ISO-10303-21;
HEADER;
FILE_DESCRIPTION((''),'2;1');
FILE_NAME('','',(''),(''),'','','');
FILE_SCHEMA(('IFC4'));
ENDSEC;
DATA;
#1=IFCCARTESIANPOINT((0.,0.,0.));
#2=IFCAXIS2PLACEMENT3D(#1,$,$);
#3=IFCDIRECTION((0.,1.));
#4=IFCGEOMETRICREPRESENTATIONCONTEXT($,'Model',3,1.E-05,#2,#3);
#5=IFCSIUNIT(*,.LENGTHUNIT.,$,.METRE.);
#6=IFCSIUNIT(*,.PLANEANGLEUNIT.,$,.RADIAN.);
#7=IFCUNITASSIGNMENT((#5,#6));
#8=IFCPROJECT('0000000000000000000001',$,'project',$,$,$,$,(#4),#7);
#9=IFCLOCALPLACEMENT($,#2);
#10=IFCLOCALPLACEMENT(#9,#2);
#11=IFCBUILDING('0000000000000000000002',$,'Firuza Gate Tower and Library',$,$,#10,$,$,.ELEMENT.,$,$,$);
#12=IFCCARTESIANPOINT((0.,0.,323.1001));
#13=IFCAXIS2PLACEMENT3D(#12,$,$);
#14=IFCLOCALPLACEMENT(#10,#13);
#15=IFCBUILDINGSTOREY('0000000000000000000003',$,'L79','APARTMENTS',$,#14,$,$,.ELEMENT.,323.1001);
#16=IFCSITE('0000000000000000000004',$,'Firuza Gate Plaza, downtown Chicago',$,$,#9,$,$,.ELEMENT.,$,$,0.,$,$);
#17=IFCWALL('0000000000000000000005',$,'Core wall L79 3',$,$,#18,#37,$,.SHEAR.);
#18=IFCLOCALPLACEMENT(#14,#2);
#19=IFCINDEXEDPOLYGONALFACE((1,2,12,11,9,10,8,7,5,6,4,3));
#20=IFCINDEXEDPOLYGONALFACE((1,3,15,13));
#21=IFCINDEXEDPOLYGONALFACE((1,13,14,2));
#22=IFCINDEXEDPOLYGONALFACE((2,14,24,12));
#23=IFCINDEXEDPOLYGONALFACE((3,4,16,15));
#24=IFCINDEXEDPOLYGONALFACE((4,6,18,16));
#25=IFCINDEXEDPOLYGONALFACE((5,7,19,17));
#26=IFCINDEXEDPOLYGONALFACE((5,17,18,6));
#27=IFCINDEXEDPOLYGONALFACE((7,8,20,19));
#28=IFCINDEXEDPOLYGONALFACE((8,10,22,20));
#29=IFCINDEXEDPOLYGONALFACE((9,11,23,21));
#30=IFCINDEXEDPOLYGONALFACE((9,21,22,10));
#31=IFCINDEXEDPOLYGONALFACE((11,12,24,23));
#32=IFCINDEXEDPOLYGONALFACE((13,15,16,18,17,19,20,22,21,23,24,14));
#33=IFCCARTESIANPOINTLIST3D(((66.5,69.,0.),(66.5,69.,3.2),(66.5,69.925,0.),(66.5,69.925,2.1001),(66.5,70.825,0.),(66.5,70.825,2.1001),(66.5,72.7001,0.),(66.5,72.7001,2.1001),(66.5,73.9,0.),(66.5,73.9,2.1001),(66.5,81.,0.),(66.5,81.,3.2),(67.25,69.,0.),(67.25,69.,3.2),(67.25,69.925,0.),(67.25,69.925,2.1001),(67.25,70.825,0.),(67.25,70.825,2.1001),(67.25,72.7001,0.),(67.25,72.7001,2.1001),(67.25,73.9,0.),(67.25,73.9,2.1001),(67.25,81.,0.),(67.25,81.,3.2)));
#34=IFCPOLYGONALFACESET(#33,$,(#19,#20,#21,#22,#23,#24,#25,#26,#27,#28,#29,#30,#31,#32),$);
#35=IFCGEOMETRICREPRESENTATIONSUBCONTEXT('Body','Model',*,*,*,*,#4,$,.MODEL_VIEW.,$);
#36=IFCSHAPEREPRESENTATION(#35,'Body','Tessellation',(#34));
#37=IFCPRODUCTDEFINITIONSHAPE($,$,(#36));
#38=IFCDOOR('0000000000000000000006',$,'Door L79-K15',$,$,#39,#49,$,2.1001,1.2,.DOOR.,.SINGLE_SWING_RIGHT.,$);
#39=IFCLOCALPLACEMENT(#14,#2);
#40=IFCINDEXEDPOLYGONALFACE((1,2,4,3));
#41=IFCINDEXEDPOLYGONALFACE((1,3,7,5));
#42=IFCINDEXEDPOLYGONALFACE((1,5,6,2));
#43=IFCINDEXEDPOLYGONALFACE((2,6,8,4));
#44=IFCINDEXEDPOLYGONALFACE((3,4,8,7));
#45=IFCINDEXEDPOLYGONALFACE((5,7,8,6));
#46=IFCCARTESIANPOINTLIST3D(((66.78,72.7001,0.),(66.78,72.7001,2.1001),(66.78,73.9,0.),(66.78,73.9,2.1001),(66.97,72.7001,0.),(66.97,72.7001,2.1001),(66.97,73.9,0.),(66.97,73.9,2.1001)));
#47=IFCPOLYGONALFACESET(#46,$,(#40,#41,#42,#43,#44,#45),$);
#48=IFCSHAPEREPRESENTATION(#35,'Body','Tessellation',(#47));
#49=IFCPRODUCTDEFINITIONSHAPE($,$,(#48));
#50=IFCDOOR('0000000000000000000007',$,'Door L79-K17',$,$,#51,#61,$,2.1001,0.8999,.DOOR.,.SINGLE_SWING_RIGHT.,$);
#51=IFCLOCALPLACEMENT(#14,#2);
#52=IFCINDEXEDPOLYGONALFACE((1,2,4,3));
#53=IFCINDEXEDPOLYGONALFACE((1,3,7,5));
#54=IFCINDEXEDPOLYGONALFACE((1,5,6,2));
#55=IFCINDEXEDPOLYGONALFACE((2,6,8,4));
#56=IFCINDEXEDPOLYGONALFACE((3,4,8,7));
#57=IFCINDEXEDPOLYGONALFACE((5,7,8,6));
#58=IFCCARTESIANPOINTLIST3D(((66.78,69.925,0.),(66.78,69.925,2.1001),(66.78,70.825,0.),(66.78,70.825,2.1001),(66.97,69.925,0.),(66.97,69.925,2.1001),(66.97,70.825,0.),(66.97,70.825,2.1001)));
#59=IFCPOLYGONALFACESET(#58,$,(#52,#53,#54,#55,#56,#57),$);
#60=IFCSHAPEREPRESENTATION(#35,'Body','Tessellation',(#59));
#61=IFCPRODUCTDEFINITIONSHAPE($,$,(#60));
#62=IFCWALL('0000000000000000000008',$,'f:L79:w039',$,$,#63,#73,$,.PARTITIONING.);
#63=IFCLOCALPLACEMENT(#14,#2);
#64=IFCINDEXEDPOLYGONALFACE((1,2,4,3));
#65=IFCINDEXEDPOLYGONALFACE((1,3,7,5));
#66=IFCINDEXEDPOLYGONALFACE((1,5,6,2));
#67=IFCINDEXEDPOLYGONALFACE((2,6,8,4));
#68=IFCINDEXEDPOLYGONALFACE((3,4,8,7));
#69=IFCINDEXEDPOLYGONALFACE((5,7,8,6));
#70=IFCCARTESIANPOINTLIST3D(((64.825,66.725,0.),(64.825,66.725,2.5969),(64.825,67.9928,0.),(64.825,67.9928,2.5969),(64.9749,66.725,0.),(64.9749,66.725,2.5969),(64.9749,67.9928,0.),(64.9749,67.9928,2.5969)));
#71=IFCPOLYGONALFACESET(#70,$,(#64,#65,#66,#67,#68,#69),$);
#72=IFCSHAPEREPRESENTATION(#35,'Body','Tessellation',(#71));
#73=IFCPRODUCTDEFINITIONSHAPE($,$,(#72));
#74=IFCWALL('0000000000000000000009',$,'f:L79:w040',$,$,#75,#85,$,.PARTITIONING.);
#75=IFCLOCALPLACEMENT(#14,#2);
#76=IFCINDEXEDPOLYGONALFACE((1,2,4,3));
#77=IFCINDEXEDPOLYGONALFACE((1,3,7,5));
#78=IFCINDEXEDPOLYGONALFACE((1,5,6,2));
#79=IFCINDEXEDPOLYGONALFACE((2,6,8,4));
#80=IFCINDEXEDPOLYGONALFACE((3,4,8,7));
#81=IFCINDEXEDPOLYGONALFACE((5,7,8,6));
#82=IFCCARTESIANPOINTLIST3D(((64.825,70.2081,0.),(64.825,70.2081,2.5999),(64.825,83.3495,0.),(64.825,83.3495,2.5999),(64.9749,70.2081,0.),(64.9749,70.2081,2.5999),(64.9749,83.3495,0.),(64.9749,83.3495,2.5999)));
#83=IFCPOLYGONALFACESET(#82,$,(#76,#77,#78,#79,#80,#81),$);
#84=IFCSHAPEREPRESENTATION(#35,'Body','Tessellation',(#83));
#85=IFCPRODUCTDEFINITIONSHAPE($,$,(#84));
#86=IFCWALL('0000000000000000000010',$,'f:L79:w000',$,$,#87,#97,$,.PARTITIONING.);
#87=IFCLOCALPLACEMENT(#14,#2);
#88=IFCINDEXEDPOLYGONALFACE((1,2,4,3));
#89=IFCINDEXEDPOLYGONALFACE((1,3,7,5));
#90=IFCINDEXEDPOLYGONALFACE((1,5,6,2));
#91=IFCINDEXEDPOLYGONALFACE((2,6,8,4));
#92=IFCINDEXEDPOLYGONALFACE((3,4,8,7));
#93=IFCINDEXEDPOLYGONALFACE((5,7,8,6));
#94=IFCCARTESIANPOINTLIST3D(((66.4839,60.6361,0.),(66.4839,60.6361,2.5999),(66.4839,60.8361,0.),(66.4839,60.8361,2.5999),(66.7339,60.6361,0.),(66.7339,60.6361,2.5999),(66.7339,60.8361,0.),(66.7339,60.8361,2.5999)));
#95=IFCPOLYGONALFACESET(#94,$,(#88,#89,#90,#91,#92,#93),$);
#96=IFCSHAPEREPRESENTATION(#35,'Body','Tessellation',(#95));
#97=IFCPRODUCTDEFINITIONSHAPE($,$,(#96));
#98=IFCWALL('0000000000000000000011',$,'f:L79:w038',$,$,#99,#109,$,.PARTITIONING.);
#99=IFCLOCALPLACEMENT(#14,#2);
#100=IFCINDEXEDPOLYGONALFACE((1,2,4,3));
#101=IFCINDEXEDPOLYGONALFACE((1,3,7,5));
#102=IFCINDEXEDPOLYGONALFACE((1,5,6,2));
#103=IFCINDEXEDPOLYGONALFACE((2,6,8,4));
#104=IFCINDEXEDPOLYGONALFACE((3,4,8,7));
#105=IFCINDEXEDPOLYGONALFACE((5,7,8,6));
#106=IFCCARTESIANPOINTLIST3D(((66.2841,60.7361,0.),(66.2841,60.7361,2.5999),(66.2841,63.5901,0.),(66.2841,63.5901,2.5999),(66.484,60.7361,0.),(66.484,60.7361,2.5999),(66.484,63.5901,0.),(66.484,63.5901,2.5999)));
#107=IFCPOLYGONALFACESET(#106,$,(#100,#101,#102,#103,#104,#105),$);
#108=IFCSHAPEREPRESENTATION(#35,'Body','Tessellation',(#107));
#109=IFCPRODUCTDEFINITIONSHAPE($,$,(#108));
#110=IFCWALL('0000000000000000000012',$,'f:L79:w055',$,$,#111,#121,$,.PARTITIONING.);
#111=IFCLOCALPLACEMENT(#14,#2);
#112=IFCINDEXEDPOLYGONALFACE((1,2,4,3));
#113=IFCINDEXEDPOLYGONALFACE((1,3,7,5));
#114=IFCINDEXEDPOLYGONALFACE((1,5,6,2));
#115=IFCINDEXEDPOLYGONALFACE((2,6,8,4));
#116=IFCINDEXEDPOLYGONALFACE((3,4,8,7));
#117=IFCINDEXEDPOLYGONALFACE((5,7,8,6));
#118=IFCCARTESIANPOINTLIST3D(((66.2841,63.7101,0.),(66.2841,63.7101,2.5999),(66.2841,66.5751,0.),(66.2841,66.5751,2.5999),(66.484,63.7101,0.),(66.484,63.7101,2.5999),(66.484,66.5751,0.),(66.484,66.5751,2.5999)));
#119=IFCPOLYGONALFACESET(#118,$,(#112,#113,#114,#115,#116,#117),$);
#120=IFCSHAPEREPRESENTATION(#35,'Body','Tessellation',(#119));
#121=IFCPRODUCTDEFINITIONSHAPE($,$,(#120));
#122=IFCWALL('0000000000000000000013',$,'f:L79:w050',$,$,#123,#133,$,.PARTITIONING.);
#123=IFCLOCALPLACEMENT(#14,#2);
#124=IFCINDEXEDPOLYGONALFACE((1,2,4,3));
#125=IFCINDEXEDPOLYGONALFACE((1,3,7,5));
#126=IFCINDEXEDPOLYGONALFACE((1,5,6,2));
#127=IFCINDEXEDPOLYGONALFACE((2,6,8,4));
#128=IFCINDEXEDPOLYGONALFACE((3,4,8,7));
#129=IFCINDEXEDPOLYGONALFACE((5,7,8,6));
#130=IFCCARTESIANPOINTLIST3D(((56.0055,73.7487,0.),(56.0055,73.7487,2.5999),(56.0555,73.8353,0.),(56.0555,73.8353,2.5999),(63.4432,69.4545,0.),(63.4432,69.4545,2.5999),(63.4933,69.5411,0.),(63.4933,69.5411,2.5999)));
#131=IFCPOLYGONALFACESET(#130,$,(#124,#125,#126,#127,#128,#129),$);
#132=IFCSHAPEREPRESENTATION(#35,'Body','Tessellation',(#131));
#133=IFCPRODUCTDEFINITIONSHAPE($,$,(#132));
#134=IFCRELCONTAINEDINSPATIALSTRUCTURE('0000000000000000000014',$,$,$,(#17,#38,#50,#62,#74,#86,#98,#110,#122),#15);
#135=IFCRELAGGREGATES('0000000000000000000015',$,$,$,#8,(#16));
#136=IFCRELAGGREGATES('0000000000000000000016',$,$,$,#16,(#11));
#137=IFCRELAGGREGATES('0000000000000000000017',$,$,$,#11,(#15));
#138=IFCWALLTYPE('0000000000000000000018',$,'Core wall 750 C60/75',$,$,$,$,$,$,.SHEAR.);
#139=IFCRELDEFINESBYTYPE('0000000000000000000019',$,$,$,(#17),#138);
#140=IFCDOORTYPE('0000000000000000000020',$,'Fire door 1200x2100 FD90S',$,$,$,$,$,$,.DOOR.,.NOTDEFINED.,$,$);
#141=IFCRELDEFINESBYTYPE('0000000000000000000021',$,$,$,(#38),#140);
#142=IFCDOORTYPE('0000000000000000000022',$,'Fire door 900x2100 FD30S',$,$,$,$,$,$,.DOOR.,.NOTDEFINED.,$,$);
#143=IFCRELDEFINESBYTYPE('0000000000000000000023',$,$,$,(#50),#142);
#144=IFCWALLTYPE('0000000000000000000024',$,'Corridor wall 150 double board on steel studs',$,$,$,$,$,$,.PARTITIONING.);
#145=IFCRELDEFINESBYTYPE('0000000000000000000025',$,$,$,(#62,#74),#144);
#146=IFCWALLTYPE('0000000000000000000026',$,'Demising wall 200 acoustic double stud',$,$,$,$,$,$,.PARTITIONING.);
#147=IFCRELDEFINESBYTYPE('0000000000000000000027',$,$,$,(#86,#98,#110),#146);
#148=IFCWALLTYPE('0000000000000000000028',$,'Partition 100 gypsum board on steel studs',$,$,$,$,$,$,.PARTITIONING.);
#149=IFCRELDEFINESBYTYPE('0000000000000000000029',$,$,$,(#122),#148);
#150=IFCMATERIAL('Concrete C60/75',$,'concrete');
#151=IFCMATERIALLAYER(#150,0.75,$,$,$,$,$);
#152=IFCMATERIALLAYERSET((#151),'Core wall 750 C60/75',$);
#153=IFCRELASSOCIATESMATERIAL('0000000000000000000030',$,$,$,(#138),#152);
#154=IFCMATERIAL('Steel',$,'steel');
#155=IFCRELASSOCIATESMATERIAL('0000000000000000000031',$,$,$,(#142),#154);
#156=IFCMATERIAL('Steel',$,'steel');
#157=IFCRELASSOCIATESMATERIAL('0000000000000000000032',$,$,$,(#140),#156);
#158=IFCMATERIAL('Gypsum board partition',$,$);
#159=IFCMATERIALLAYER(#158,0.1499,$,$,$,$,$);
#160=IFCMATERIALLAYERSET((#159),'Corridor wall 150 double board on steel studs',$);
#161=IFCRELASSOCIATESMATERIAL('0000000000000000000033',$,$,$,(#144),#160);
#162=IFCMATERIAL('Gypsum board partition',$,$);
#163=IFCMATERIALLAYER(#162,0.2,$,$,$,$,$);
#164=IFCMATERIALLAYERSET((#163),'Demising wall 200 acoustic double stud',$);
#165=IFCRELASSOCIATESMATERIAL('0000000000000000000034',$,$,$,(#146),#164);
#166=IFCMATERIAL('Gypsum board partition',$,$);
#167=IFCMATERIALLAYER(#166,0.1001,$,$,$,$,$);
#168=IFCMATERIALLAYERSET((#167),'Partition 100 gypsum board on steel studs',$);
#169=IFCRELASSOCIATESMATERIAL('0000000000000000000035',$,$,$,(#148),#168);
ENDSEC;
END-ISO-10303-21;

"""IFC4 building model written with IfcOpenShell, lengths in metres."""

from ifc_helpers import new_model, si_unit, direction, frame, frame_2d, origin, place, context, subcontext, project, spatial, rectangle, extrude, material, layer, layer_set, type_object, element, fill, save


model = new_model("IFC4")

# Units and contexts
model_context = context("Model", 3, precision=1e-05, world=origin(), true_north=direction((0.0, 1.0)))
body_context = subcontext(model_context, "Body", "Model", "MODEL_VIEW")
ifc_project = project(units=[si_unit("LENGTHUNIT", "METRE"), si_unit("PLANEANGLEUNIT", "RADIAN")], contexts=[model_context])

# Site, building, storey
site_placement = place(None, origin())
site = spatial("IfcSite", under=ifc_project, at=site_placement, Name="Firuza Gate Plaza, downtown Chicago", CompositionType="ELEMENT", RefElevation=0.0)
building_placement = place(site_placement, origin())
building = spatial("IfcBuilding", under=site, at=building_placement, Name="Firuza Gate Tower and Library", CompositionType="ELEMENT")
storey_placement = place(building_placement, frame((0.0, 0.0, 323.1001)))
storey = spatial("IfcBuildingStorey", under=building, at=storey_placement, Name="L79", Description="APARTMENTS", CompositionType="ELEMENT", Elevation=323.1001)

# Shared definitions
ifc_material_1 = material(Name="Concrete C60/75", Category="concrete")
ifc_layer_1 = layer(ifc_material_1, 0.75)
ifc_layer_set_1 = layer_set([ifc_layer_1], Name="Core wall 750 C60/75")
wall_type_1 = type_object("IfcWallType", Name="Core wall 750 C60/75", PredefinedType="SHEAR", material=ifc_layer_set_1)
ifc_material_2 = material(Name="Steel", Category="steel")
door_type_1 = type_object("IfcDoorType", Name="Fire door 900x2100 FD30S", OperationType="NOTDEFINED", PredefinedType="DOOR", material=ifc_material_2)

# Wall, openings, doors
wall_1_placement = place(storey_placement, frame((66.875, 69.0, 0.0), z_axis=(0.0, 0.0, 1.0), x_axis=(0.0, 1.0, 0.0)))
wall_1 = element("IfcWall", 1, at=wall_1_placement, inside=storey, type_object=wall_type_1, Name="Core wall L79 3", PredefinedType="SHEAR", context=body_context, shape_type="SweptSolid", body=[
    extrude(rectangle(XDim=12.0, YDim=0.75, at=frame_2d((6.0, 0.0))), origin(), (0.0, 0.0, 1.0), 3.2),
])
opening_1_placement = place(wall_1_placement, frame((3.7, 0.0, 0.0)))
opening_1 = element("IfcOpeningElement", 2, at=opening_1_placement, cuts=wall_1, PredefinedType="OPENING", context=body_context, shape_type="SweptSolid", body=[
    extrude(rectangle(XDim=1.2, YDim=2.1001, at=frame_2d((0.6001, 1.05))), frame((0.0, 0.385, 0.0), z_axis=(0.0, -1.0, 0.0), x_axis=(1.0, 0.0, 0.0)), (0.0, 0.0, 1.0), 0.77),
])
opening_2_placement = place(wall_1_placement, frame((0.925, 0.0, 0.0)))
opening_2 = element("IfcOpeningElement", 3, at=opening_2_placement, cuts=wall_1, PredefinedType="OPENING", context=body_context, shape_type="SweptSolid", body=[
    extrude(rectangle(XDim=0.8999, YDim=2.1001, at=frame_2d((0.45, 1.05))), frame((0.0, 0.385, 0.0), z_axis=(0.0, -1.0, 0.0), x_axis=(1.0, 0.0, 0.0)), (0.0, 0.0, 1.0), 0.77),
])
ifc_material_3 = material(Name="Steel", Category="steel")
door_type_2 = type_object("IfcDoorType", Name="Fire door 1200x2100 FD90S", OperationType="NOTDEFINED", PredefinedType="DOOR", material=ifc_material_3)
door_1_placement = place(opening_1_placement, origin())
door_1 = element("IfcDoor", 4, at=door_1_placement, inside=storey, type_object=door_type_2, Name="Door L79-K15", OperationType="SINGLE_SWING_RIGHT", OverallHeight=2.1001, OverallWidth=1.2, PredefinedType="DOOR", context=body_context, shape_type="SweptSolid", body=[
    extrude(rectangle(XDim=1.2, YDim=2.1001, at=frame_2d((0.6001, 1.05))), frame((0.0, 0.095, 0.0), z_axis=(0.0, -1.0, 0.0), x_axis=(1.0, 0.0, 0.0)), (0.0, 0.0, 1.0), 0.1899),
])
fill(opening_1, door_1)
door_2_placement = place(opening_2_placement, origin())
door_2 = element("IfcDoor", 5, at=door_2_placement, inside=storey, type_object=door_type_1, Name="Door L79-K17", OperationType="SINGLE_SWING_RIGHT", OverallHeight=2.1001, OverallWidth=0.8999, PredefinedType="DOOR", context=body_context, shape_type="SweptSolid", body=[
    extrude(rectangle(XDim=0.8999, YDim=2.1001, at=frame_2d((0.45, 1.05))), frame((0.0, 0.095, 0.0), z_axis=(0.0, -1.0, 0.0), x_axis=(1.0, 0.0, 0.0)), (0.0, 0.0, 1.0), 0.1899),
])
fill(opening_2, door_2)

# Walls
ifc_material_4 = material(Name="Gypsum board partition")
ifc_layer_2 = layer(ifc_material_4, 0.1499)
ifc_layer_set_2 = layer_set([ifc_layer_2], Name="Corridor wall 150 double board on steel studs")
wall_type_2 = type_object("IfcWallType", Name="Corridor wall 150 double board on steel studs", PredefinedType="PARTITIONING", material=ifc_layer_set_2)
wall_2_placement = place(storey_placement, frame((64.8999, 66.7251, 0.0), z_axis=(0.0, 0.0, 1.0), x_axis=(0.0, 1.0, 0.0)))
element("IfcWall", 6, at=wall_2_placement, inside=storey, type_object=wall_type_2, Name="f:L79:w039", PredefinedType="PARTITIONING", context=body_context, shape_type="SweptSolid", body=[
    extrude(rectangle(XDim=1.2678, YDim=0.1499, at=frame_2d((0.6338, 0.0))), origin(), (0.0, 0.0, 1.0), 2.5969),
])
wall_3_placement = place(storey_placement, frame((64.8999, 70.208, 0.0), z_axis=(0.0, 0.0, 1.0), x_axis=(0.0, 1.0, 0.0)))
element("IfcWall", 7, at=wall_3_placement, inside=storey, type_object=wall_type_2, Name="f:L79:w040", PredefinedType="PARTITIONING", context=body_context, shape_type="SweptSolid", body=[
    extrude(rectangle(XDim=13.1414, YDim=0.1499, at=frame_2d((6.5708, 0.0))), origin(), (0.0, 0.0, 1.0), 2.5999),
])
ifc_material_5 = material(Name="Gypsum board partition")
ifc_layer_3 = layer(ifc_material_5, 0.2)
ifc_layer_set_3 = layer_set([ifc_layer_3], Name="Demising wall 200 acoustic double stud")
wall_type_3 = type_object("IfcWallType", Name="Demising wall 200 acoustic double stud", PredefinedType="PARTITIONING", material=ifc_layer_set_3)
wall_4_placement = place(storey_placement, frame((66.4839, 60.7361, 0.0), z_axis=(0.0, 0.0, 1.0), x_axis=(1.0, 0.0, 0.0)))
element("IfcWall", 8, at=wall_4_placement, inside=storey, type_object=wall_type_3, Name="f:L79:w000", PredefinedType="PARTITIONING", context=body_context, shape_type="SweptSolid", body=[
    extrude(rectangle(XDim=0.25, YDim=0.2, at=frame_2d((0.125, 0.0))), origin(), (0.0, 0.0, 1.0), 2.5999),
])
wall_5_placement = place(storey_placement, frame((66.384, 60.7361, 0.0), z_axis=(0.0, 0.0, 1.0), x_axis=(0.0, 1.0, 0.0)))
element("IfcWall", 9, at=wall_5_placement, inside=storey, type_object=wall_type_3, Name="f:L79:w038", PredefinedType="PARTITIONING", context=body_context, shape_type="SweptSolid", body=[
    extrude(rectangle(XDim=2.854, YDim=0.2, at=frame_2d((1.427, 0.0))), origin(), (0.0, 0.0, 1.0), 2.5999),
])
wall_6_placement = place(storey_placement, frame((66.384, 63.71, 0.0), z_axis=(0.0, 0.0, 1.0), x_axis=(0.0, 1.0, 0.0)))
element("IfcWall", 10, at=wall_6_placement, inside=storey, type_object=wall_type_3, Name="f:L79:w055", PredefinedType="PARTITIONING", context=body_context, shape_type="SweptSolid", body=[
    extrude(rectangle(XDim=2.865, YDim=0.2, at=frame_2d((1.4326, 0.0))), origin(), (0.0, 0.0, 1.0), 2.5999),
])
ifc_material_6 = material(Name="Gypsum board partition")
ifc_layer_4 = layer(ifc_material_6, 0.1001)
ifc_layer_set_4 = layer_set([ifc_layer_4], Name="Partition 100 gypsum board on steel studs")
wall_type_4 = type_object("IfcWallType", Name="Partition 100 gypsum board on steel studs", PredefinedType="PARTITIONING", material=ifc_layer_set_4)
wall_7_placement = place(storey_placement, frame((63.4683, 69.4978, 0.0), z_axis=(0.0, 0.0, 1.0), x_axis=(-0.866025, 0.500001, 0.0)))
element("IfcWall", 11, at=wall_7_placement, inside=storey, type_object=wall_type_4, Name="f:L79:w050", PredefinedType="PARTITIONING", context=body_context, shape_type="SweptSolid", body=[
    extrude(rectangle(XDim=8.5884, YDim=0.1001, at=frame_2d((4.2942, 0.0))), origin(), (0.0, 0.0, 1.0), 2.5999),
])

save(model, "model.ifc")
